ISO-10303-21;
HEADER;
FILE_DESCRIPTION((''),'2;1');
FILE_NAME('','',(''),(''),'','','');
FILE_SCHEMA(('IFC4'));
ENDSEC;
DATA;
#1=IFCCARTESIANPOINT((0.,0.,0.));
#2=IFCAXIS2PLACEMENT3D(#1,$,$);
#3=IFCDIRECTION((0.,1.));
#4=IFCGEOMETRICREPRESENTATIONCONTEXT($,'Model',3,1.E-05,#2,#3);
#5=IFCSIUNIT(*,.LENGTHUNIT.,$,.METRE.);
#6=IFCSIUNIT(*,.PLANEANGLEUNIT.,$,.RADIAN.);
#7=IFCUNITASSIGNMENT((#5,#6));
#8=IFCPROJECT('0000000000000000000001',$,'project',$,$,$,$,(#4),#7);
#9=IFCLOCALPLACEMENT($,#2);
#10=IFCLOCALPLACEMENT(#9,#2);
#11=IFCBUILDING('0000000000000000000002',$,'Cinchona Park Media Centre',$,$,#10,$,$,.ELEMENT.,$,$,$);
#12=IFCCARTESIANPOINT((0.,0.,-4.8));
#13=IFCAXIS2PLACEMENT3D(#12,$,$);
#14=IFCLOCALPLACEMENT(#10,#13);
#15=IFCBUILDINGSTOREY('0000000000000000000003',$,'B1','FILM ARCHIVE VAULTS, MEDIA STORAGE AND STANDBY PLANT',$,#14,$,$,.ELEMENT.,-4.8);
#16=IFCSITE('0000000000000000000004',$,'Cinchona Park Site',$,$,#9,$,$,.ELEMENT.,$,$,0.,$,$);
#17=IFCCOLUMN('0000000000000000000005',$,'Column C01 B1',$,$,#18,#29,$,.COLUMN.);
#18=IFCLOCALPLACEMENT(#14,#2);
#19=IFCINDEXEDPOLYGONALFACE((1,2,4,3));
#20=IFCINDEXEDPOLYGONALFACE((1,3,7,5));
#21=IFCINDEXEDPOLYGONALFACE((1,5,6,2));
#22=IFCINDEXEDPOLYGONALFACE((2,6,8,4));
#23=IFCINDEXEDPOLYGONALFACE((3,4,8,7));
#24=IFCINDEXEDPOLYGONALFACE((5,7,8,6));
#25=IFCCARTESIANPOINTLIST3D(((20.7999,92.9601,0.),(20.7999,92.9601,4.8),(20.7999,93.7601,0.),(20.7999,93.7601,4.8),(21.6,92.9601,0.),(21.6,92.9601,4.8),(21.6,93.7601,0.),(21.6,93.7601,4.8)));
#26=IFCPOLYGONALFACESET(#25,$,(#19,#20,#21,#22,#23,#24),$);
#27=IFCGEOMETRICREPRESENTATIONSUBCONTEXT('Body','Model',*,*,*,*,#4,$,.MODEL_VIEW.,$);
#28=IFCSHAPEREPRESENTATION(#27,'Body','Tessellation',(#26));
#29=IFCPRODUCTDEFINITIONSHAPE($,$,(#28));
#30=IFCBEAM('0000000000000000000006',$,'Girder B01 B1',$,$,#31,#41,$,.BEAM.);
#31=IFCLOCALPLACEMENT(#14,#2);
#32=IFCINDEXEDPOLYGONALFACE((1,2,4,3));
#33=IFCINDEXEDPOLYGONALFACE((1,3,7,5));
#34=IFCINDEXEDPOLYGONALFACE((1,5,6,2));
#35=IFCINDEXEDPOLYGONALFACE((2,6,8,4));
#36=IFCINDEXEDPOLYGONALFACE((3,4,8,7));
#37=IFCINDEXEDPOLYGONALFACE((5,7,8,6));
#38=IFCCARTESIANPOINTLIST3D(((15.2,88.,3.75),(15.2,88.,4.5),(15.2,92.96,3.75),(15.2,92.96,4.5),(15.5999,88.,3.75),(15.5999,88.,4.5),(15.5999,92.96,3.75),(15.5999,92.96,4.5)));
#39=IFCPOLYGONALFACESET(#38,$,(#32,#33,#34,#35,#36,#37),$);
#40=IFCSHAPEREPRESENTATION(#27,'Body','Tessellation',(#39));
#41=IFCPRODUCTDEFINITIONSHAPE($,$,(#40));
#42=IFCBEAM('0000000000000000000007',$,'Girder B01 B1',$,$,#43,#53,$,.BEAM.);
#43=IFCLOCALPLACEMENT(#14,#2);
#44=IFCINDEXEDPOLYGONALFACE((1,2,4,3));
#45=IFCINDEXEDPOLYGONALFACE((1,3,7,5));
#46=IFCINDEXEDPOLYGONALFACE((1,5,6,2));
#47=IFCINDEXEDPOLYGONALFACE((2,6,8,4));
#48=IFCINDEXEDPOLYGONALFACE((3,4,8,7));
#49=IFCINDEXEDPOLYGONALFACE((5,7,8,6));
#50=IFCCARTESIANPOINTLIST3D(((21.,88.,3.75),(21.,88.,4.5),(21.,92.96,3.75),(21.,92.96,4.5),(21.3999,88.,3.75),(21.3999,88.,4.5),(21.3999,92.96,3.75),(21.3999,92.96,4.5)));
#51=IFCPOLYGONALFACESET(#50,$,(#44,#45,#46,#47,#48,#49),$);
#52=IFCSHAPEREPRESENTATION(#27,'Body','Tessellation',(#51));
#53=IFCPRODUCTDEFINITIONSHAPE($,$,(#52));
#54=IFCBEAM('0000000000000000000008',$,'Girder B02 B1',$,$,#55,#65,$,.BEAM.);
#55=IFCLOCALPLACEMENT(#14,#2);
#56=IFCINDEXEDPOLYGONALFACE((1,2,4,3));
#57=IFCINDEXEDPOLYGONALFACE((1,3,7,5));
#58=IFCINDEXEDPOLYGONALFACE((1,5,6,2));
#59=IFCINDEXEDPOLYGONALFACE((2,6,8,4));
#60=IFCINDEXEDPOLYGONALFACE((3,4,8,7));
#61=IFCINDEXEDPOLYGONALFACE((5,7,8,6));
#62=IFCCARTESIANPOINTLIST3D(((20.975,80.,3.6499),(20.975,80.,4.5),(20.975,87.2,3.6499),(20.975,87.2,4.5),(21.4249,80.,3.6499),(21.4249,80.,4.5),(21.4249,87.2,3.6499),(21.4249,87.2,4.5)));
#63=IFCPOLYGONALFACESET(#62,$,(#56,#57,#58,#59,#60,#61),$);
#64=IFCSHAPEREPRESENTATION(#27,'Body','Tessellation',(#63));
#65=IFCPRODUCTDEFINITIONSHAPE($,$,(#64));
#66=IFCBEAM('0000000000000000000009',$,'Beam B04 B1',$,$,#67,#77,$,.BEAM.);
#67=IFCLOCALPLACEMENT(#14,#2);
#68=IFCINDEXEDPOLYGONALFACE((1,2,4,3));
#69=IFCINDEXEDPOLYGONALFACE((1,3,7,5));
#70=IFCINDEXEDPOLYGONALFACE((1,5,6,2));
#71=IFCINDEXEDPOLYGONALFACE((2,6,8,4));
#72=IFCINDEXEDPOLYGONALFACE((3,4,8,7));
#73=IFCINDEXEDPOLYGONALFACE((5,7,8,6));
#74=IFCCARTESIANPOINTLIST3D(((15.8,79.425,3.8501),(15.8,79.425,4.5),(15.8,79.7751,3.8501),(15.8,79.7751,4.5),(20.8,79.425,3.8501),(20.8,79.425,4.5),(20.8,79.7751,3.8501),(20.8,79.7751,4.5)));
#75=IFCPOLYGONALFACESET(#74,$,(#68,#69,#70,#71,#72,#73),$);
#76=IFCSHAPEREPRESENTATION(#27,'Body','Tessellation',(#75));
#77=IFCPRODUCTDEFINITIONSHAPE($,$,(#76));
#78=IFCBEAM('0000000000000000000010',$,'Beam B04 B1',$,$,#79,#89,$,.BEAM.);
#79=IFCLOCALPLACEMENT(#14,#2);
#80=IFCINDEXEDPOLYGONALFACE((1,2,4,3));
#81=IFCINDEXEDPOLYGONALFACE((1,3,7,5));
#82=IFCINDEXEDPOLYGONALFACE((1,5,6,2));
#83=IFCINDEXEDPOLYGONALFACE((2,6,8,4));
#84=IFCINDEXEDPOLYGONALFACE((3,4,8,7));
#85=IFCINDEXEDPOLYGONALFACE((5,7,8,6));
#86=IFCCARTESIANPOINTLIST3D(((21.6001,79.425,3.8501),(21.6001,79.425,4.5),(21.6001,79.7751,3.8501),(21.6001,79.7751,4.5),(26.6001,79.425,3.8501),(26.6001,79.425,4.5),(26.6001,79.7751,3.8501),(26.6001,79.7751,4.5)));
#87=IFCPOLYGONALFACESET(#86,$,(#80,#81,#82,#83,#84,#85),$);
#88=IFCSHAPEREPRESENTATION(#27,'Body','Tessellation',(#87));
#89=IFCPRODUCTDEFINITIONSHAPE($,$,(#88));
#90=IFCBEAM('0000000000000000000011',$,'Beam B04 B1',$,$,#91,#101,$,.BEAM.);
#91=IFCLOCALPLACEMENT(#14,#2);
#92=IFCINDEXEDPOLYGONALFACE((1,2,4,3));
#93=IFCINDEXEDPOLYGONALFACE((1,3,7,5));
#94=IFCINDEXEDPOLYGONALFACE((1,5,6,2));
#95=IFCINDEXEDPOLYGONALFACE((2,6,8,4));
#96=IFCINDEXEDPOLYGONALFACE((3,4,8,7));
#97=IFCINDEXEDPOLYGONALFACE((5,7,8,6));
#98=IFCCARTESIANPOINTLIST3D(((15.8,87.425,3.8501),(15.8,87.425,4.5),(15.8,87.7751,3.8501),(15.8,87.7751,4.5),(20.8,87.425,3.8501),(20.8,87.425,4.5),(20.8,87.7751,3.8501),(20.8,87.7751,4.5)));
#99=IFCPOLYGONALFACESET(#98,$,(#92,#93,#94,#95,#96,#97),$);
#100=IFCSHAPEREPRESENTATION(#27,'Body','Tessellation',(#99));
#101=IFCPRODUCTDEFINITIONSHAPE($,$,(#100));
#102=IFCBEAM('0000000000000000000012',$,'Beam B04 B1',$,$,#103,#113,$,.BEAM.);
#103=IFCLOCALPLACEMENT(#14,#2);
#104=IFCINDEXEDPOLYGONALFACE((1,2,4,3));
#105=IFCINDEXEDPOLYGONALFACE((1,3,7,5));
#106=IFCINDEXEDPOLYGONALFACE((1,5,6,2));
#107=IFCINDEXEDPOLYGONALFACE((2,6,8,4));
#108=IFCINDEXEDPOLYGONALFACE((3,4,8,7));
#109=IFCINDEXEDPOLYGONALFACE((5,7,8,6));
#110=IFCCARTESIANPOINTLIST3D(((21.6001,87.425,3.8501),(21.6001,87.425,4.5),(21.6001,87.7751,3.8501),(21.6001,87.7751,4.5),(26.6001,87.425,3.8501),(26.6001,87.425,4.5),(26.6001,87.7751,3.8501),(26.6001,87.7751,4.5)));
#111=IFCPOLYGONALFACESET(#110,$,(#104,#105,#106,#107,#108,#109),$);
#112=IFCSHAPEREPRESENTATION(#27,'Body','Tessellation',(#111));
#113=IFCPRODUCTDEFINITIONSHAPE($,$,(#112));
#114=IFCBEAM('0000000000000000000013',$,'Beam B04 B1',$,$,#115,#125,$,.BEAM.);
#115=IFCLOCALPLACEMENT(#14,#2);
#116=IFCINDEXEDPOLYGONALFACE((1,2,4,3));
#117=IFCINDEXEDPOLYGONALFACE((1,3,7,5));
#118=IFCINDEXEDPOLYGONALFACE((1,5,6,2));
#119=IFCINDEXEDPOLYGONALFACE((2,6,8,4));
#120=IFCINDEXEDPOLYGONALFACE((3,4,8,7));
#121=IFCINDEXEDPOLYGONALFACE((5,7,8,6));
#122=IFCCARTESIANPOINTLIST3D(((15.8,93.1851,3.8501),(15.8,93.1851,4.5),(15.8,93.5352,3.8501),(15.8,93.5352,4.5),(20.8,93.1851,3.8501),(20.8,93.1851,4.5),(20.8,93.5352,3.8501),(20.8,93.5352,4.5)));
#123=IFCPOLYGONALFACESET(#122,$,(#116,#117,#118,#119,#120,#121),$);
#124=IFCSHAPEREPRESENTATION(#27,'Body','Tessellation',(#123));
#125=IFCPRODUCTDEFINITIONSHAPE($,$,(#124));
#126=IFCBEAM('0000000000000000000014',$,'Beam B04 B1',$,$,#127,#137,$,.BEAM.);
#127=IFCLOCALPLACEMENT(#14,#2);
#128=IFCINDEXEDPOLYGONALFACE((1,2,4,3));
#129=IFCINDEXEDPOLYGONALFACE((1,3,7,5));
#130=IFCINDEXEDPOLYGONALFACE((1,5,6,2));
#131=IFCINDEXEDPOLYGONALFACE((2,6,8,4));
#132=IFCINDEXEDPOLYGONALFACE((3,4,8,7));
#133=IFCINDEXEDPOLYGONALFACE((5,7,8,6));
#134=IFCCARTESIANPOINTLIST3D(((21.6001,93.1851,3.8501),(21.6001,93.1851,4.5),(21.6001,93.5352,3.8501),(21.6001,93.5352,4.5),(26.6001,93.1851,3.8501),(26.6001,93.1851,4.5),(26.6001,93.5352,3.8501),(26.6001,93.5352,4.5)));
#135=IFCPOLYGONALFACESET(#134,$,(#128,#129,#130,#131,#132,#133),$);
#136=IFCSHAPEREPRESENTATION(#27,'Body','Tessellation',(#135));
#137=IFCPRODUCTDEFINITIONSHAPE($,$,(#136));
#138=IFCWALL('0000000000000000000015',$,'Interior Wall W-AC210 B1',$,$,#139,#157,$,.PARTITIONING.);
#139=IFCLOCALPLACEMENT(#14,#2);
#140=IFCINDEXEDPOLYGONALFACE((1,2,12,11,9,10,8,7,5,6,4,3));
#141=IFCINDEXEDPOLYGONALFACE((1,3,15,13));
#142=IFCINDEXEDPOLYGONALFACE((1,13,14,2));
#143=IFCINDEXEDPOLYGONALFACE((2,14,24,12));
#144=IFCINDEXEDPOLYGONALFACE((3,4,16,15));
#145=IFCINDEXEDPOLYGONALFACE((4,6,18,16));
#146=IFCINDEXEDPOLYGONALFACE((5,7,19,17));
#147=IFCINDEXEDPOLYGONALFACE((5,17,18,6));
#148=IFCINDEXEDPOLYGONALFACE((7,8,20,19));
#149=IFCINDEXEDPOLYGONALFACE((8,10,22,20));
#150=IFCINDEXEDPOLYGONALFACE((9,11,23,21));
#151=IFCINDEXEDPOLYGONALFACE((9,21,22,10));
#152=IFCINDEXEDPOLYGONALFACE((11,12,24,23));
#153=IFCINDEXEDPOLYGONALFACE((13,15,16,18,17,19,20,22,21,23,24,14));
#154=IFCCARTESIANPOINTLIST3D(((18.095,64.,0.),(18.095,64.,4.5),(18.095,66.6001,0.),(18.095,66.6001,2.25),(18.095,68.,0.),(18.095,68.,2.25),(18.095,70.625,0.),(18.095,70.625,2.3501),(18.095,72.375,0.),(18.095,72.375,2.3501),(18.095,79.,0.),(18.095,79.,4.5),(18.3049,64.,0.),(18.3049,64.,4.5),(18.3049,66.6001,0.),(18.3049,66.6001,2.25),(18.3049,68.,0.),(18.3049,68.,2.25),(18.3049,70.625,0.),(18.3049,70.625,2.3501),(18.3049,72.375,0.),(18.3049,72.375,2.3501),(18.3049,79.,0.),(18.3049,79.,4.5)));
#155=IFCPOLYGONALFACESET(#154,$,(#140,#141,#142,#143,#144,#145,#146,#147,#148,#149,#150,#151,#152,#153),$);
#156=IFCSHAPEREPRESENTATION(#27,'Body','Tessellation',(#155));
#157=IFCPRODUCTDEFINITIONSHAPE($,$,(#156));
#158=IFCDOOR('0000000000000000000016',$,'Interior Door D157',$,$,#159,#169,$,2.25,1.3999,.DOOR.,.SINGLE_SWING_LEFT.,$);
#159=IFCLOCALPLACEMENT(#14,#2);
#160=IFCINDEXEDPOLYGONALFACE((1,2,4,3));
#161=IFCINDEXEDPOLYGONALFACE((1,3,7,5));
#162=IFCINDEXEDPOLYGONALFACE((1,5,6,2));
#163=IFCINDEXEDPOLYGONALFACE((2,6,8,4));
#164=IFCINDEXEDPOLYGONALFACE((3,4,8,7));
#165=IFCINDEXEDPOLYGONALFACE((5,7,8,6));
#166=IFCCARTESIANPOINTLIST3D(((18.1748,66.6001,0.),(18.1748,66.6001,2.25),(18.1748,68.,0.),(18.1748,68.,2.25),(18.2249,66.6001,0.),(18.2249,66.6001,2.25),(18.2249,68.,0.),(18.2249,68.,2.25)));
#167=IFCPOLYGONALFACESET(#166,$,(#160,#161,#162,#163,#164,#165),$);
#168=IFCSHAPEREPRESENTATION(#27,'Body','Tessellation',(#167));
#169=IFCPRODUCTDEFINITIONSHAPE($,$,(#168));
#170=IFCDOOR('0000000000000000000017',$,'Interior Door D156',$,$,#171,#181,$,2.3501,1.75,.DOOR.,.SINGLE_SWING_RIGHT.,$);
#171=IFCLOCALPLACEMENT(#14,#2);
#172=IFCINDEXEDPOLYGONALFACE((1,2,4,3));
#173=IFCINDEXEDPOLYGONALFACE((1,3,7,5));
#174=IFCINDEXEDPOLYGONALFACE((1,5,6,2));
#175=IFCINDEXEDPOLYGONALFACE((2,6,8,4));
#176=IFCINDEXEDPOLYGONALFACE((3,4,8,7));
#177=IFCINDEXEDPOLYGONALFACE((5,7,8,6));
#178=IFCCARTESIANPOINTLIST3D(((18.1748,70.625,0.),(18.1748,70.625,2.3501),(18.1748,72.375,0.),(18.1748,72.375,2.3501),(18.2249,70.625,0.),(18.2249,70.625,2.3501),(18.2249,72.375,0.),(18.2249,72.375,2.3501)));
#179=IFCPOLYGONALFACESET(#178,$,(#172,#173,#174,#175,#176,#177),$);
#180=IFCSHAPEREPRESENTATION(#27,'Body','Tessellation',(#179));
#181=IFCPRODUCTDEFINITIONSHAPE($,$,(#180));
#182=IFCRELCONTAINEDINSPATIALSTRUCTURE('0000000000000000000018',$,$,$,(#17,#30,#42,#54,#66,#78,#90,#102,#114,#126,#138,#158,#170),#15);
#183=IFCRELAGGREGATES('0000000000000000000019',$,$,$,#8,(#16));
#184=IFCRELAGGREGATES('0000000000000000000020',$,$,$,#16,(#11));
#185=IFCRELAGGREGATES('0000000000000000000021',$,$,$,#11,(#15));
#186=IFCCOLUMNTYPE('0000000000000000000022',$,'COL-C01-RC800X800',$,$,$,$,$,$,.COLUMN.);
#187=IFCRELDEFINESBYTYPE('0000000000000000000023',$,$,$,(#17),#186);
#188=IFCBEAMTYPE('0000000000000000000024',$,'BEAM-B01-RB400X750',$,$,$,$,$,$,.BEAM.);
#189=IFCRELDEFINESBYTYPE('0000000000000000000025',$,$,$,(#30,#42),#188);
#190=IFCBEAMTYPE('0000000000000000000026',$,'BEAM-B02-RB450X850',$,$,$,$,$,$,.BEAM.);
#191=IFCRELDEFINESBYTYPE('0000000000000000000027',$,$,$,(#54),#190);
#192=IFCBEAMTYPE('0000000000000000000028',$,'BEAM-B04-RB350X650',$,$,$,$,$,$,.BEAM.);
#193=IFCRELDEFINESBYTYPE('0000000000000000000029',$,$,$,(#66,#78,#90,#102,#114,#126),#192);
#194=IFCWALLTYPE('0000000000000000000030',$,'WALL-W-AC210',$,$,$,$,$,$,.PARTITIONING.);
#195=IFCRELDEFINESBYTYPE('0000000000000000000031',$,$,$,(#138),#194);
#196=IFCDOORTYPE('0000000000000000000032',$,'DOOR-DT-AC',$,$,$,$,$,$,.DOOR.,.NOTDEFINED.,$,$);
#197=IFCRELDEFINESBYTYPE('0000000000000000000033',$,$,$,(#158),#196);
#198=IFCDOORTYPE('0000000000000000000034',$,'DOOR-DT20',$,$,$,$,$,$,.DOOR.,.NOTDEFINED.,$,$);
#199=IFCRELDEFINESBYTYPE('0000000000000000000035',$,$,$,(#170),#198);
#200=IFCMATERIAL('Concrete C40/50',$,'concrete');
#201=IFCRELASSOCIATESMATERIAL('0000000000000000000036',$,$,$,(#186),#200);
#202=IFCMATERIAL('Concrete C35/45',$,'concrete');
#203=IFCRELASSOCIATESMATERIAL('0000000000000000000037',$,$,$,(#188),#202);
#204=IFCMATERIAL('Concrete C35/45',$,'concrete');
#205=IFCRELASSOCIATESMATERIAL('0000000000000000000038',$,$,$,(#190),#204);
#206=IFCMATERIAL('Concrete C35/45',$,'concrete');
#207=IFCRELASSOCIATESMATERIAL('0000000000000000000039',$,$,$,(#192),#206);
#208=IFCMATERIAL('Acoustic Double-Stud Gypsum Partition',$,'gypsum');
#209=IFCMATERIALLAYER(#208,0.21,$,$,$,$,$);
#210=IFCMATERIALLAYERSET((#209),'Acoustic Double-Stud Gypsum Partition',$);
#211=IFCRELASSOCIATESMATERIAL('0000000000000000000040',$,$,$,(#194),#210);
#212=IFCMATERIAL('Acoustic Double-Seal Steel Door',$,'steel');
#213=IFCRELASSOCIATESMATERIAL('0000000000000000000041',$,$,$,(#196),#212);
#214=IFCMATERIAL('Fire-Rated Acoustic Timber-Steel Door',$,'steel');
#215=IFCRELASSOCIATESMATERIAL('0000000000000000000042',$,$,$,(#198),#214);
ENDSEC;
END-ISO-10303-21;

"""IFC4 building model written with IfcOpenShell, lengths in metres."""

from ifc_helpers import new_model, si_unit, direction, frame, frame_2d, origin, origin_2d, place, context, subcontext, project, spatial, rectangle, extrude, material, layer, layer_set, material_profile, profile_set, type_object, element, fill, save


model = new_model("IFC4")

# Units and contexts
model_context = context("Model", 3, precision=1e-05, world=origin(), true_north=direction((0.0, 1.0)))
body_context = subcontext(model_context, "Body", "Model", "MODEL_VIEW")
ifc_project = project(units=[si_unit("LENGTHUNIT", "METRE"), si_unit("PLANEANGLEUNIT", "RADIAN")], contexts=[model_context])

# Site, building, storey
site_placement = place(None, origin())
site = spatial("IfcSite", under=ifc_project, at=site_placement, Name="Cinchona Park Site", CompositionType="ELEMENT", RefElevation=0.0)
building_placement = place(site_placement, origin())
building = spatial("IfcBuilding", under=site, at=building_placement, Name="Cinchona Park Media Centre", CompositionType="ELEMENT")
storey_placement = place(building_placement, frame((0.0, 0.0, -4.8)))
storey = spatial("IfcBuildingStorey", under=building, at=storey_placement, Name="B1", Description="FILM ARCHIVE VAULTS, MEDIA STORAGE AND STANDBY PLANT", CompositionType="ELEMENT", Elevation=-4.8)

# Column
ifc_material_1 = material(Name="Concrete C40/50", Category="concrete")
ifc_material_profile_1 = material_profile(ifc_material_1, rectangle(XDim=0.8, YDim=0.8, at=origin_2d()), Name="RC 800X800")
ifc_profile_set_1 = profile_set([ifc_material_profile_1], Name="Concrete C40/50")
column_type = type_object("IfcColumnType", Name="COL-C01-RC800X800", PredefinedType="COLUMN", material=ifc_profile_set_1)
for number, where, z_axis, x_axis, name in (
    (1, (21.2, 93.3601, 0.0), (0.0, 0.0, 1.0), (1.0, 0.0, 0.0), "Column C01 B1"),
):
    element("IfcColumn", number, at=place(storey_placement, frame(where, z_axis=z_axis, x_axis=x_axis)), inside=storey, type_object=column_type, Name=name, PredefinedType="COLUMN", context=body_context, shape_type="SweptSolid", body=[
        extrude(rectangle(XDim=0.8, YDim=0.8, at=origin_2d()), origin(), (0.0, 0.0, 1.0), 4.8),
    ])

# Beams
ifc_material_2 = material(Name="Concrete C35/45", Category="concrete")
ifc_material_profile_2 = material_profile(ifc_material_2, rectangle(XDim=0.3999, YDim=0.75, at=origin_2d()), Name="RB 400X750")
ifc_profile_set_2 = profile_set([ifc_material_profile_2], Name="Concrete C35/45")
beam_type_1 = type_object("IfcBeamType", Name="BEAM-B01-RB400X750", PredefinedType="BEAM", material=ifc_profile_set_2)
for number, where, z_axis, x_axis, name in (
    (2, (15.3999, 88.0, 4.125), (0.0, 1.0, 0.0), (-1.0, 0.0, 0.0), "Girder B01 B1"),
    (3, (21.2, 88.0, 4.125), (0.0, 1.0, 0.0), (-1.0, 0.0, 0.0), "Girder B01 B1"),
):
    element("IfcBeam", number, at=place(storey_placement, frame(where, z_axis=z_axis, x_axis=x_axis)), inside=storey, type_object=beam_type_1, Name=name, PredefinedType="BEAM", context=body_context, shape_type="SweptSolid", body=[
        extrude(rectangle(XDim=0.3999, YDim=0.75, at=origin_2d()), origin(), (0.0, 0.0, 1.0), 4.96),
    ])
ifc_material_3 = material(Name="Concrete C35/45", Category="concrete")
ifc_material_profile_3 = material_profile(ifc_material_3, rectangle(XDim=0.45, YDim=0.8501, at=origin_2d()), Name="RB 450X850")
ifc_profile_set_3 = profile_set([ifc_material_profile_3], Name="Concrete C35/45")
beam_type_2 = type_object("IfcBeamType", Name="BEAM-B02-RB450X850", PredefinedType="BEAM", material=ifc_profile_set_3)
beam_placement = place(storey_placement, frame((21.2, 80.0, 4.075), z_axis=(0.0, 1.0, 0.0), x_axis=(-1.0, 0.0, 0.0)))
element("IfcBeam", 4, at=beam_placement, inside=storey, type_object=beam_type_2, Name="Girder B02 B1", PredefinedType="BEAM", context=body_context, shape_type="SweptSolid", body=[
    extrude(rectangle(XDim=0.45, YDim=0.8501, at=origin_2d()), origin(), (0.0, 0.0, 1.0), 7.2),
])
ifc_material_4 = material(Name="Concrete C35/45", Category="concrete")
ifc_material_profile_4 = material_profile(ifc_material_4, rectangle(XDim=0.3501, YDim=0.6499, at=origin_2d()), Name="RB 350X650")
ifc_profile_set_4 = profile_set([ifc_material_profile_4], Name="Concrete C35/45")
beam_type_3 = type_object("IfcBeamType", Name="BEAM-B04-RB350X650", PredefinedType="BEAM", material=ifc_profile_set_4)
for number, where, z_axis, x_axis, name in (
    (5, (15.8, 79.6001, 4.175), (1.0, 0.0, 0.0), (0.0, 1.0, 0.0), "Beam B04 B1"),
    (6, (21.6001, 79.6001, 4.175), (1.0, 0.0, 0.0), (0.0, 1.0, 0.0), "Beam B04 B1"),
    (7, (15.8, 87.6001, 4.175), (1.0, 0.0, 0.0), (0.0, 1.0, 0.0), "Beam B04 B1"),
    (8, (21.6001, 87.6001, 4.175), (1.0, 0.0, 0.0), (0.0, 1.0, 0.0), "Beam B04 B1"),
    (9, (15.8, 93.3601, 4.175), (1.0, 0.0, 0.0), (0.0, 1.0, 0.0), "Beam B04 B1"),
    (10, (21.6001, 93.3601, 4.175), (1.0, 0.0, 0.0), (0.0, 1.0, 0.0), "Beam B04 B1"),
):
    element("IfcBeam", number, at=place(storey_placement, frame(where, z_axis=z_axis, x_axis=x_axis)), inside=storey, type_object=beam_type_3, Name=name, PredefinedType="BEAM", context=body_context, shape_type="SweptSolid", body=[
        extrude(rectangle(XDim=0.3501, YDim=0.6499, at=origin_2d()), origin(), (0.0, 0.0, 1.0), 5.0),
    ])

# Wall, openings, doors
ifc_material_5 = material(Name="Acoustic Double-Stud Gypsum Partition", Category="gypsum")
ifc_layer_1 = layer(ifc_material_5, 0.21)
ifc_layer_set_1 = layer_set([ifc_layer_1], Name="Acoustic Double-Stud Gypsum Partition")
wall_type_1 = type_object("IfcWallType", Name="WALL-W-AC210", PredefinedType="PARTITIONING", material=ifc_layer_set_1)
wall_1_placement = place(storey_placement, frame((18.2, 79.0, 0.0), z_axis=(0.0, 0.0, 1.0), x_axis=(0.0, -1.0, 0.0)))
wall_1 = element("IfcWall", 11, at=wall_1_placement, inside=storey, type_object=wall_type_1, Name="Interior Wall W-AC210 B1", PredefinedType="PARTITIONING", context=body_context, shape_type="SweptSolid", body=[
    extrude(rectangle(XDim=15.0, YDim=0.21, at=frame_2d((7.5, 0.0))), origin(), (0.0, 0.0, 1.0), 4.5),
])
opening_1_placement = place(wall_1_placement, frame((6.625, 0.0, 0.0)))
opening_1 = element("IfcOpeningElement", 12, at=opening_1_placement, cuts=wall_1, PredefinedType="OPENING", context=body_context, shape_type="SweptSolid", body=[
    extrude(rectangle(XDim=1.75, YDim=2.3501, at=frame_2d((0.875, 1.175))), frame((0.0, 0.115, 0.0), z_axis=(0.0, -1.0, 0.0), x_axis=(1.0, 0.0, 0.0)), (0.0, 0.0, 1.0), 0.23),
])
opening_2_placement = place(wall_1_placement, frame((11.0, 0.0, 0.0)))
opening_2 = element("IfcOpeningElement", 13, at=opening_2_placement, cuts=wall_1, PredefinedType="OPENING", context=body_context, shape_type="SweptSolid", body=[
    extrude(rectangle(XDim=1.3999, YDim=2.25, at=frame_2d((0.7, 1.125))), frame((0.0, 0.115, 0.0), z_axis=(0.0, -1.0, 0.0), x_axis=(1.0, 0.0, 0.0)), (0.0, 0.0, 1.0), 0.23),
])
ifc_material_6 = material(Name="Acoustic Double-Seal Steel Door", Category="steel")
door_type_1 = type_object("IfcDoorType", Name="DOOR-DT-AC", OperationType="NOTDEFINED", PredefinedType="DOOR", material=ifc_material_6)
door_1_placement = place(opening_2_placement, origin())
door_1 = element("IfcDoor", 14, at=door_1_placement, inside=storey, type_object=door_type_1, Name="Interior Door D157", OperationType="SINGLE_SWING_LEFT", OverallHeight=2.25, OverallWidth=1.3999, PredefinedType="DOOR", context=body_context, shape_type="SweptSolid", body=[
    extrude(rectangle(XDim=1.3999, YDim=2.25, at=frame_2d((0.7, 1.125))), frame((0.0, 0.0249, 0.0), z_axis=(0.0, -1.0, 0.0), x_axis=(1.0, 0.0, 0.0)), (0.0, 0.0, 1.0), 0.05),
])
fill(opening_2, door_1)
ifc_material_7 = material(Name="Fire-Rated Acoustic Timber-Steel Door", Category="steel")
door_type_2 = type_object("IfcDoorType", Name="DOOR-DT20", OperationType="NOTDEFINED", PredefinedType="DOOR", material=ifc_material_7)
door_2_placement = place(opening_1_placement, origin())
door_2 = element("IfcDoor", 15, at=door_2_placement, inside=storey, type_object=door_type_2, Name="Interior Door D156", OperationType="SINGLE_SWING_RIGHT", OverallHeight=2.3501, OverallWidth=1.75, PredefinedType="DOOR", context=body_context, shape_type="SweptSolid", body=[
    extrude(rectangle(XDim=1.75, YDim=2.3501, at=frame_2d((0.875, 1.175))), frame((0.0, 0.0249, 0.0), z_axis=(0.0, -1.0, 0.0), x_axis=(1.0, 0.0, 0.0)), (0.0, 0.0, 1.0), 0.05),
])
fill(opening_1, door_2)

save(model, "model.ifc")
